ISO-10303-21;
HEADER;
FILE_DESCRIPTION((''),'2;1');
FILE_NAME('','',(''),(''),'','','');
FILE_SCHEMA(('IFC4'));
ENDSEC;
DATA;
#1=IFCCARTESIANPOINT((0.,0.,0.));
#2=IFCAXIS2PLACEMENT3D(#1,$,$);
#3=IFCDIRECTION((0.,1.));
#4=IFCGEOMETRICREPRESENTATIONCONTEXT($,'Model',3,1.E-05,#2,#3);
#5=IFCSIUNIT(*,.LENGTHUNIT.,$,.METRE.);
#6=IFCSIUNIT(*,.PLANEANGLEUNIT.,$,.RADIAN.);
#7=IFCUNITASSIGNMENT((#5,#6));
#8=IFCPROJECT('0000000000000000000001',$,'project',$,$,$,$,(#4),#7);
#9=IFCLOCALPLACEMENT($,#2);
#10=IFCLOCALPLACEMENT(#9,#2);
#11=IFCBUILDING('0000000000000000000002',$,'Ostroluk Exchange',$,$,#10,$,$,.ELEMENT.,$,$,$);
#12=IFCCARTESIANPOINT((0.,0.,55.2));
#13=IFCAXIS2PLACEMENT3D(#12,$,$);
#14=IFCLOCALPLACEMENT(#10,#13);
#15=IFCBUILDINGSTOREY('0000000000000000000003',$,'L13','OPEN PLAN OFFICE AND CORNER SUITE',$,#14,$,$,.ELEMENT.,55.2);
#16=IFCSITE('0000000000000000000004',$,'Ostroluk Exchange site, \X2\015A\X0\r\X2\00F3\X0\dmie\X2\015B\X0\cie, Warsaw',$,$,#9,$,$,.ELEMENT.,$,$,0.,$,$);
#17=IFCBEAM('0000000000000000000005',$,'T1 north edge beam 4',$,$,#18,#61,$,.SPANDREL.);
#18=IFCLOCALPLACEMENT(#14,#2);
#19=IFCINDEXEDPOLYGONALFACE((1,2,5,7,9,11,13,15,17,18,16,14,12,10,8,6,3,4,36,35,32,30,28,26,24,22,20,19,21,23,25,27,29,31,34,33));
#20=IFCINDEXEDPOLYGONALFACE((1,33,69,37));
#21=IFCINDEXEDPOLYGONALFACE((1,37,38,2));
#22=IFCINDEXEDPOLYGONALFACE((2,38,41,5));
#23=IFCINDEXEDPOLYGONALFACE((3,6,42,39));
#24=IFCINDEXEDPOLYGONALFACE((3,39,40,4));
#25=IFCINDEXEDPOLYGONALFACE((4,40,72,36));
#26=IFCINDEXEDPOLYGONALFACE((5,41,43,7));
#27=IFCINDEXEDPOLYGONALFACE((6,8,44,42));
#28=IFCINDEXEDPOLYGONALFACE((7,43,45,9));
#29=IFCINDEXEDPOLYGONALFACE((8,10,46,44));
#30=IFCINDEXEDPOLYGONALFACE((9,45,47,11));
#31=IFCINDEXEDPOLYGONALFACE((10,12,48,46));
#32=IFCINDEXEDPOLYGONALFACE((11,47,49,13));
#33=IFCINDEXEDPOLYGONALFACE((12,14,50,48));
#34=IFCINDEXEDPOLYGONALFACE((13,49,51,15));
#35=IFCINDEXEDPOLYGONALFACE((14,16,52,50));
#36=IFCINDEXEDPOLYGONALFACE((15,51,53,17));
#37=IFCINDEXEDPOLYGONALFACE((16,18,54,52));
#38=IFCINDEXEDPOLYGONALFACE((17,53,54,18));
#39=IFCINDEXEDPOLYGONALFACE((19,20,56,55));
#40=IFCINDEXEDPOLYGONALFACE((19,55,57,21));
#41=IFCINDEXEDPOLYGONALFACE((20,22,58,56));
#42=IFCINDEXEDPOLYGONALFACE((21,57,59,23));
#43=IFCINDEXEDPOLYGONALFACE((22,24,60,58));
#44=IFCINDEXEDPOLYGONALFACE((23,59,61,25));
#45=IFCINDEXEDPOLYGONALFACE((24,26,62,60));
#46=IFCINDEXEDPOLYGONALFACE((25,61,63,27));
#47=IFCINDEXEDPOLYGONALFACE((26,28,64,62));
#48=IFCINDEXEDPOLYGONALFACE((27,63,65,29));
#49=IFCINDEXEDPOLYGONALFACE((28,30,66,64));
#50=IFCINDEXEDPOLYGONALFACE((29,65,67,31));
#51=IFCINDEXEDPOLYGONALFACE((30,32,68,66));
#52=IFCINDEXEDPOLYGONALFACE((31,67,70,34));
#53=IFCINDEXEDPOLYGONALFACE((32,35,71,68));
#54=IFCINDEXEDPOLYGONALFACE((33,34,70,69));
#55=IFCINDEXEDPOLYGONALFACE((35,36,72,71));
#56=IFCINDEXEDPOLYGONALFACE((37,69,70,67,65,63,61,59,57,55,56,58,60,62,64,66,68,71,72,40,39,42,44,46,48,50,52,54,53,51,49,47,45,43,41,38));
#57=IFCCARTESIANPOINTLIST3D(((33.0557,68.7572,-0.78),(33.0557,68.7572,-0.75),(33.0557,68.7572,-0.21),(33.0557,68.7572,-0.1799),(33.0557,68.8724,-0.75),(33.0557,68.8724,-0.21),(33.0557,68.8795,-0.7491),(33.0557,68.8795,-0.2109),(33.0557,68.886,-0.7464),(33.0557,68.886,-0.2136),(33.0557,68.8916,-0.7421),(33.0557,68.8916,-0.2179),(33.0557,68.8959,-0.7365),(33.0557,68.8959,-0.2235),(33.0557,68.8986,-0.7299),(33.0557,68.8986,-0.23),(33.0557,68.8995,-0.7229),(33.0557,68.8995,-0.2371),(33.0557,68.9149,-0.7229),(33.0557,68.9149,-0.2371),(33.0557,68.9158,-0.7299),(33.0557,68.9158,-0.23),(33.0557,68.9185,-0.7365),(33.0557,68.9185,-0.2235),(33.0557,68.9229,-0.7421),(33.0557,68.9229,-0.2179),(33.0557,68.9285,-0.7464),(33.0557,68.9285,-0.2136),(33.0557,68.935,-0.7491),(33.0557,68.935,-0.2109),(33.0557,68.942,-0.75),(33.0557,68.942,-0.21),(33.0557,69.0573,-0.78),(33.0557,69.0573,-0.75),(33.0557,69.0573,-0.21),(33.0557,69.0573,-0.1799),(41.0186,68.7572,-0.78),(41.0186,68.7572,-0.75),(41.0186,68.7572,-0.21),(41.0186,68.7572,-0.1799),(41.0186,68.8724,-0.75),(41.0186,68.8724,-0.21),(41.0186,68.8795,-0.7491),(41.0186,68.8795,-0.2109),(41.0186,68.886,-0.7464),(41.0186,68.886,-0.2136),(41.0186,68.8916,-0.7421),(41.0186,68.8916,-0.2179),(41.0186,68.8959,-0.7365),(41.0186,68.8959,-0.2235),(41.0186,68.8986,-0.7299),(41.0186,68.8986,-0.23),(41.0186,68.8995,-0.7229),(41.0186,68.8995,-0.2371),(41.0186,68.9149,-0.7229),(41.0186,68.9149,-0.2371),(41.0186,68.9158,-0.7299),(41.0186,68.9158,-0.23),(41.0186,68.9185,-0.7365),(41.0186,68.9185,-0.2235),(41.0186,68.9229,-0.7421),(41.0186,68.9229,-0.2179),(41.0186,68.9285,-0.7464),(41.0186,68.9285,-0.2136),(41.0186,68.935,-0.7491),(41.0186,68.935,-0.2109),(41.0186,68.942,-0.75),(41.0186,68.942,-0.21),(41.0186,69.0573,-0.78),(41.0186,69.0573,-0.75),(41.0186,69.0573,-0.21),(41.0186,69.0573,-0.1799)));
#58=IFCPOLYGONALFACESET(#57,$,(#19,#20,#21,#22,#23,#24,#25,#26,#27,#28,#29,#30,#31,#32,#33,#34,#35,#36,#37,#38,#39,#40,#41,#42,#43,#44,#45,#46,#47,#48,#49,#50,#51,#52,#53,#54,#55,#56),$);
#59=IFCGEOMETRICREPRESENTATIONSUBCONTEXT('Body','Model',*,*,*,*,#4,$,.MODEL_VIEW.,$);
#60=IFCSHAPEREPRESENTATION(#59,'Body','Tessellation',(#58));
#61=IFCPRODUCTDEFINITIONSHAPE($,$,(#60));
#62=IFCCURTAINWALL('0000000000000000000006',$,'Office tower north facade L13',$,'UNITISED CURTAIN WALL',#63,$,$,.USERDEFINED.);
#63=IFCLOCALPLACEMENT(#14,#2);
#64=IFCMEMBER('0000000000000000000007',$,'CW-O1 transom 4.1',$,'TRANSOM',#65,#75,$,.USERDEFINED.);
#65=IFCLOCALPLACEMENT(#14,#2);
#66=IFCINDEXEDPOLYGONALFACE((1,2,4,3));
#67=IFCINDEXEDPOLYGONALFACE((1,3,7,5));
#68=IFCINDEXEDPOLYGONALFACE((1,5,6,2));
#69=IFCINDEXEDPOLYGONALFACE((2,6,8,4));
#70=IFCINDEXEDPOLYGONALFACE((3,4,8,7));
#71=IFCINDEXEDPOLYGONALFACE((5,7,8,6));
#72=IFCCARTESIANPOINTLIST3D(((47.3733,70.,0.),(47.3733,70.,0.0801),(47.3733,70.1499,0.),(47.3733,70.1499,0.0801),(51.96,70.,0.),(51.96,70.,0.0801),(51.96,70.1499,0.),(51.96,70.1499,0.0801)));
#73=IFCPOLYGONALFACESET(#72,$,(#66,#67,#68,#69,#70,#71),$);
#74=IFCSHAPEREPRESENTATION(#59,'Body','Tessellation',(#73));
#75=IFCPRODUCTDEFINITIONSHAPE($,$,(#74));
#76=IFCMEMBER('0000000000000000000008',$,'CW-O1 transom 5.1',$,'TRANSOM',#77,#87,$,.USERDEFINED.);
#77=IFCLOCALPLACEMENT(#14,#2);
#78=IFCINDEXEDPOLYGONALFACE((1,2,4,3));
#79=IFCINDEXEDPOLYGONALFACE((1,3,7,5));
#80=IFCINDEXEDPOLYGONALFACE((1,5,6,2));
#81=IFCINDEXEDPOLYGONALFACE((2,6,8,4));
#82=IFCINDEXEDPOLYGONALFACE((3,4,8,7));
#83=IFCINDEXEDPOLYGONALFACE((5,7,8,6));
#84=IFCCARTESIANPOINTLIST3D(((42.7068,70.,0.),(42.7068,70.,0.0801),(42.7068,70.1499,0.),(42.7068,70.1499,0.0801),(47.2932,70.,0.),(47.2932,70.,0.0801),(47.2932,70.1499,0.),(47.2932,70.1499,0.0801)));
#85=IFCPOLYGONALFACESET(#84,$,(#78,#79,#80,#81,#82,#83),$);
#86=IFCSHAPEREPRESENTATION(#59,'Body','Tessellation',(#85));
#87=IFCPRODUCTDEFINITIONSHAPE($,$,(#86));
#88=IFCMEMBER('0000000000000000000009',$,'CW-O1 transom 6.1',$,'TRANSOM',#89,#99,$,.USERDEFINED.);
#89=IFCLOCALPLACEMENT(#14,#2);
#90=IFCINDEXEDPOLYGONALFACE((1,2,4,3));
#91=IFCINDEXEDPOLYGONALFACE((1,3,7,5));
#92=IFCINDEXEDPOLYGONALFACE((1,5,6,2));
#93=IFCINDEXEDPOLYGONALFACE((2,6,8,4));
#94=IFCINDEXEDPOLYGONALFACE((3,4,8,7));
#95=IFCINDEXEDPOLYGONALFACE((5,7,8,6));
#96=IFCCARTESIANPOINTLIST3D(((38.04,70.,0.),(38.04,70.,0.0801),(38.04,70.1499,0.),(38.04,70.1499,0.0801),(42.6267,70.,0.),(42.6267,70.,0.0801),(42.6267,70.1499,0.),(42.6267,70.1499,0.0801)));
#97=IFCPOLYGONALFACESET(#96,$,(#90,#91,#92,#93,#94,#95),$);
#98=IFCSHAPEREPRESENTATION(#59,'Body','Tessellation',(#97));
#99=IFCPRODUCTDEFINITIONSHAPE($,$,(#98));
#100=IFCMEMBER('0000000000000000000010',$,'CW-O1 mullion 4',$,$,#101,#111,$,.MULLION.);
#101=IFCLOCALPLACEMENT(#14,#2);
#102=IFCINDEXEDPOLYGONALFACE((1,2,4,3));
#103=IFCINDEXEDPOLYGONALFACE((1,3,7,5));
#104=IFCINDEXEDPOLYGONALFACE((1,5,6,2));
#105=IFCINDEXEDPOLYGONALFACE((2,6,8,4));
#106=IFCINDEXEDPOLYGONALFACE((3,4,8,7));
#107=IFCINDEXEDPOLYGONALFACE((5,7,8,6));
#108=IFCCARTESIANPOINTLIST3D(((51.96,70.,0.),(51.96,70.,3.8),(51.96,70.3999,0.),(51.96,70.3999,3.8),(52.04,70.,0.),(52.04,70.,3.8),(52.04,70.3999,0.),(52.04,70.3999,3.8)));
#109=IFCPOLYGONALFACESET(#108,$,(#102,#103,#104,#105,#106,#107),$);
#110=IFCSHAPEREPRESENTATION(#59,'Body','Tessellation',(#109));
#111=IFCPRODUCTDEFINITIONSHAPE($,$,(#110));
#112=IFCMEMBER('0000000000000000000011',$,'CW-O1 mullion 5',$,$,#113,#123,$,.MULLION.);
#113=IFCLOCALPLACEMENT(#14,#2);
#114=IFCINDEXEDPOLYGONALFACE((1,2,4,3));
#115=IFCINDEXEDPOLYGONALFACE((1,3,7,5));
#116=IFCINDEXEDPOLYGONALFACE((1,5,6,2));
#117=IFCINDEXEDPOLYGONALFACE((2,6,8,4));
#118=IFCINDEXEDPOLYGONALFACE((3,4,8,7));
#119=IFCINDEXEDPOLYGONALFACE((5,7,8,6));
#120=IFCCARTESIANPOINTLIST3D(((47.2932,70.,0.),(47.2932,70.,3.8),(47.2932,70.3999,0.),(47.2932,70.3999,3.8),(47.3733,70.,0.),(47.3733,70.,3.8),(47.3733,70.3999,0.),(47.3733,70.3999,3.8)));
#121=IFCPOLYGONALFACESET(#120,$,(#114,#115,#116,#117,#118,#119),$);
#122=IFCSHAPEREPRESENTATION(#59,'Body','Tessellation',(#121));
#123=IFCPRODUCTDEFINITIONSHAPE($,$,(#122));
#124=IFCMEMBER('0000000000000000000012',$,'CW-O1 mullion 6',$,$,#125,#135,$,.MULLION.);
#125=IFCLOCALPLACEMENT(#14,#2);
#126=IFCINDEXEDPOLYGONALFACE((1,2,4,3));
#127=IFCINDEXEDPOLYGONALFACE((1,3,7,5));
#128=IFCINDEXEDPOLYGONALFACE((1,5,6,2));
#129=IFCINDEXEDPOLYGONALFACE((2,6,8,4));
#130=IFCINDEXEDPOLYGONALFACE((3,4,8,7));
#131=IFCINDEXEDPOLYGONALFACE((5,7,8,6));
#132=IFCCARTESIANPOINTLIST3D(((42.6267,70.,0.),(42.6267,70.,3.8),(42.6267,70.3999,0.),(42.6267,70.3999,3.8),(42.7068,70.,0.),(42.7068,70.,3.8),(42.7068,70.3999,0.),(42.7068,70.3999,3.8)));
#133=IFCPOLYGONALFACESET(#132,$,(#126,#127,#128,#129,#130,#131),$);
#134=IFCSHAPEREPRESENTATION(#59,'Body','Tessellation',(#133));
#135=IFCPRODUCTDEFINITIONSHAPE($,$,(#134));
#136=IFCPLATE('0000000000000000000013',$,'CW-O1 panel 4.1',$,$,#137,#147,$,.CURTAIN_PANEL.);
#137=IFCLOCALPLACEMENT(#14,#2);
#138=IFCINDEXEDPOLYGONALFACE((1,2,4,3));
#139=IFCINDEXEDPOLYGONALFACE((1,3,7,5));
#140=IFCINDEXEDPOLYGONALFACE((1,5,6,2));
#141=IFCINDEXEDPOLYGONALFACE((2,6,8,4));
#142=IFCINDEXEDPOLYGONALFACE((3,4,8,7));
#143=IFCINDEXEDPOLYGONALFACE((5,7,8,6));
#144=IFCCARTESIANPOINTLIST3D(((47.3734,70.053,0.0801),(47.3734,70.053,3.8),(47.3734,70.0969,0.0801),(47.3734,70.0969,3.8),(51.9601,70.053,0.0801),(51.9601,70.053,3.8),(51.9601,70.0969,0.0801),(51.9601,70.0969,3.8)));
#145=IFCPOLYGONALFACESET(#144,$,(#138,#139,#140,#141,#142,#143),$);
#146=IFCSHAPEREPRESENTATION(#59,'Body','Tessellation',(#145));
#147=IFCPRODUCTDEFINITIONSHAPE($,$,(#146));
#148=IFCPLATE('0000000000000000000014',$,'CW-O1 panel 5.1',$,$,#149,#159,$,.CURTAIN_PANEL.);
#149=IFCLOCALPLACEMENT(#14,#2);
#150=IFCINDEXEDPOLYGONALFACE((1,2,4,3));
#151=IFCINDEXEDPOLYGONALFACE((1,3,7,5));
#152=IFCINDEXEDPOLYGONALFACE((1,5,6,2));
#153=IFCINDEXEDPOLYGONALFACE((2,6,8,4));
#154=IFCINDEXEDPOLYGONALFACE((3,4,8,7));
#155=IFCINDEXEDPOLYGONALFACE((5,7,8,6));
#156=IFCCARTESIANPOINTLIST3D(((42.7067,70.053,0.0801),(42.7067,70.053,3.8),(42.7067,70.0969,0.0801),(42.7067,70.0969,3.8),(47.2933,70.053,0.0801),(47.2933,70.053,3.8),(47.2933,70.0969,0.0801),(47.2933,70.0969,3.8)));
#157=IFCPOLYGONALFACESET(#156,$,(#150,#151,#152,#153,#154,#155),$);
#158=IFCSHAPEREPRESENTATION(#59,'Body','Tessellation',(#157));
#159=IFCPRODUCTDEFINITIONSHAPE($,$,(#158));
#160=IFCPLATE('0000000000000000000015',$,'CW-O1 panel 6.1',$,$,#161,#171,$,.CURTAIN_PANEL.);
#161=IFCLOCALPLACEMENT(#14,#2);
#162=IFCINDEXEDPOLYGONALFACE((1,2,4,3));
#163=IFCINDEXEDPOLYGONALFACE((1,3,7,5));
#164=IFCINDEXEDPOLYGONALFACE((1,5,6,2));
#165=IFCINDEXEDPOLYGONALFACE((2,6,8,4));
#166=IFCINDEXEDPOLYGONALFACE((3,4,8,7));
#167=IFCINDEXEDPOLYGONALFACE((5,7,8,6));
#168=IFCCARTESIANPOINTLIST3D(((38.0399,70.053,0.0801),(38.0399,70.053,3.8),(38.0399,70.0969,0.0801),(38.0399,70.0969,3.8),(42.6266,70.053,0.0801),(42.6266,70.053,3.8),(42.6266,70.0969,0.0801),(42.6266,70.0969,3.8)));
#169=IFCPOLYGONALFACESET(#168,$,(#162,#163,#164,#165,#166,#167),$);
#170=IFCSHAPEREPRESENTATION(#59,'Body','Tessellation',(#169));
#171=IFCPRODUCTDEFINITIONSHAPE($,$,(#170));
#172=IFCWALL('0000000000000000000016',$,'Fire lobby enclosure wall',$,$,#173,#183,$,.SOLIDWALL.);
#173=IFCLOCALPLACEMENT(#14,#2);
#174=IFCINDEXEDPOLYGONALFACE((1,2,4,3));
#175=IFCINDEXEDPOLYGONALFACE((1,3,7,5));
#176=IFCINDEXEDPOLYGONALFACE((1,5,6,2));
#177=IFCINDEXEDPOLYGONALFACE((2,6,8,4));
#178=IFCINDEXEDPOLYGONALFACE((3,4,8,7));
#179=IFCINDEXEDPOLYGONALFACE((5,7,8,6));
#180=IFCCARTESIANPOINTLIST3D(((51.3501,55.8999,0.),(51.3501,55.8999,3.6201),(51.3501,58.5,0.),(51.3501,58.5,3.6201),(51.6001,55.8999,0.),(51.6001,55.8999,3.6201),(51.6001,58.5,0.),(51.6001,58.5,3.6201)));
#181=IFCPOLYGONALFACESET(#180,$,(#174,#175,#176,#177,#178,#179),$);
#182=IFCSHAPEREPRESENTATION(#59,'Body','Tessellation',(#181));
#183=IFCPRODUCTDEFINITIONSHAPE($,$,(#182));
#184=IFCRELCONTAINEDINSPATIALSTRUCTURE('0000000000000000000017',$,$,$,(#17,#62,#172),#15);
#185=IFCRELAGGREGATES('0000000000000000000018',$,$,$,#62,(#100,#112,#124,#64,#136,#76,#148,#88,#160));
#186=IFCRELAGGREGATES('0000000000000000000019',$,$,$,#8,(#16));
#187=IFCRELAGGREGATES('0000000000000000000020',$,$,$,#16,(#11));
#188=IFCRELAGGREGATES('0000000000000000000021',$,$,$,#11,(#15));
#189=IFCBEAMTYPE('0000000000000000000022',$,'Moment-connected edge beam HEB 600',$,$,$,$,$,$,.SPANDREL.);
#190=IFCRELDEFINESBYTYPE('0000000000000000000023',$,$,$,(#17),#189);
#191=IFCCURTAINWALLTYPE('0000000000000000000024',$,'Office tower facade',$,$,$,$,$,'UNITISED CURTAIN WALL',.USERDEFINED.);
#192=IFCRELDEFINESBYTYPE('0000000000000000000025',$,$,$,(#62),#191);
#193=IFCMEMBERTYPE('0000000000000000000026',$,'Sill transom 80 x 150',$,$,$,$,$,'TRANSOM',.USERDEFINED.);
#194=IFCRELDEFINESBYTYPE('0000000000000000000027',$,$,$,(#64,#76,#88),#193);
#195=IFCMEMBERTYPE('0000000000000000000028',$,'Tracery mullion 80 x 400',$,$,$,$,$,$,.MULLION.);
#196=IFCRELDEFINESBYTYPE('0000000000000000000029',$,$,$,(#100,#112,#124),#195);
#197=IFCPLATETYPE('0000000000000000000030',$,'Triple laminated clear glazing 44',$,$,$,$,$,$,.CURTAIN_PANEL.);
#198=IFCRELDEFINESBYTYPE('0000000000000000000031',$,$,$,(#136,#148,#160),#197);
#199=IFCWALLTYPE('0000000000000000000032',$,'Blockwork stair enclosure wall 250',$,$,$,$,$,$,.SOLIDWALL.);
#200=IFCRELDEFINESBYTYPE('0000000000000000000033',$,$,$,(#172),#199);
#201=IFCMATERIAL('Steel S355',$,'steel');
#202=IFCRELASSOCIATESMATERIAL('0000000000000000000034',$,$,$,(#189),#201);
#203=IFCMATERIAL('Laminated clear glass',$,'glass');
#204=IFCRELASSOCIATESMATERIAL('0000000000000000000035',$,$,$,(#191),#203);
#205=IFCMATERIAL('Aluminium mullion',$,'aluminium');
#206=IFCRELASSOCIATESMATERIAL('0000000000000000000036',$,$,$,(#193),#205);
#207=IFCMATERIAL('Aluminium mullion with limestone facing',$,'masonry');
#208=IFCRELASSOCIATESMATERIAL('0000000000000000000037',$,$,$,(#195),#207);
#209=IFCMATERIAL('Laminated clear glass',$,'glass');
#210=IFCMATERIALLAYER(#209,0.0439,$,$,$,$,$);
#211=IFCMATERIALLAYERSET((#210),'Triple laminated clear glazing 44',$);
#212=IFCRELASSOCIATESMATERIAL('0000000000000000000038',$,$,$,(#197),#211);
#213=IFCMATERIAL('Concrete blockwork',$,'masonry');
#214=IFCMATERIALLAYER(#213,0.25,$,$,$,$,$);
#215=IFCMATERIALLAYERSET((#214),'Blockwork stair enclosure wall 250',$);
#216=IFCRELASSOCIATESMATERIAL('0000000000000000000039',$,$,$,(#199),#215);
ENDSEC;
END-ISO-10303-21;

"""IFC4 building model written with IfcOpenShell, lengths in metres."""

from ifc_helpers import new_model, si_unit, direction, frame, frame_2d, origin, origin_2d, place, context, subcontext, project, spatial, rectangle, i_section, extrude, material, layer, layer_set, material_profile, profile_set, type_object, element, aggregate, save


model = new_model("IFC4")

# Units and contexts
model_context = context("Model", 3, precision=1e-05, world=origin(), true_north=direction((0.0, 1.0)))
body_context = subcontext(model_context, "Body", "Model", "MODEL_VIEW")
ifc_project = project(units=[si_unit("LENGTHUNIT", "METRE"), si_unit("PLANEANGLEUNIT", "RADIAN")], contexts=[model_context])

# Site, building, storey
site_placement = place(None, origin())
site = spatial("IfcSite", under=ifc_project, at=site_placement, Name="Ostroluk Exchange site, Śródmieście, Warsaw", CompositionType="ELEMENT", RefElevation=0.0)
building_placement = place(site_placement, origin())
building = spatial("IfcBuilding", under=site, at=building_placement, Name="Ostroluk Exchange", CompositionType="ELEMENT")
storey_placement = place(building_placement, frame((0.0, 0.0, 55.2)))
storey = spatial("IfcBuildingStorey", under=building, at=storey_placement, Name="L13", Description="OPEN PLAN OFFICE AND CORNER SUITE", CompositionType="ELEMENT", Elevation=55.2)

# Beam
ifc_material_1 = material(Name="Steel S355", Category="steel")
ifc_material_profile_1 = material_profile(ifc_material_1, i_section(OverallWidth=0.3, OverallDepth=0.6001, WebThickness=0.0154, FlangeThickness=0.03, FilletRadius=0.0271, at=origin_2d()), Name="HEB 600")
ifc_profile_set_1 = profile_set([ifc_material_profile_1], Name="Steel S355")
beam_type_1 = type_object("IfcBeamType", Name="Moment-connected edge beam HEB 600", PredefinedType="SPANDREL", material=ifc_profile_set_1)
for number, where, z_axis, x_axis, name in (
    (1, (41.0186, 68.9072, -0.48), (-1.0, 0.0, 0.0), (0.0, -1.0, 0.0), "T1 north edge beam 4"),
):
    element("IfcBeam", number, at=place(storey_placement, frame(where, z_axis=z_axis, x_axis=x_axis)), inside=storey, type_object=beam_type_1, Name=name, PredefinedType="SPANDREL", context=body_context, shape_type="SweptSolid", body=[
        extrude(i_section(OverallWidth=0.3, OverallDepth=0.6001, WebThickness=0.0154, FlangeThickness=0.03, FilletRadius=0.0271, at=origin_2d()), origin(), (0.0, 0.0, 1.0), 7.9629),
    ])

# Curtain wall, members, plates
ifc_material_2 = material(Name="Laminated clear glass", Category="glass")
curtain_wall_type = type_object("IfcCurtainWallType", Name="Office tower facade", ElementType="UNITISED CURTAIN WALL", PredefinedType="USERDEFINED", material=ifc_material_2)
curtain_wall_placement = place(storey_placement, origin())
curtain_wall = element("IfcCurtainWall", 2, at=curtain_wall_placement, inside=storey, type_object=curtain_wall_type, Name="Office tower north facade L13", ObjectType="UNITISED CURTAIN WALL", PredefinedType="USERDEFINED")
ifc_material_3 = material(Name="Aluminium mullion", Category="aluminium")
ifc_material_profile_2 = material_profile(ifc_material_3, rectangle(XDim=0.1499, YDim=0.0801, at=origin_2d()), Name="Sill transom 80 x 150")
ifc_profile_set_2 = profile_set([ifc_material_profile_2], Name="Aluminium mullion")
member_type_1 = type_object("IfcMemberType", Name="Sill transom 80 x 150", ElementType="TRANSOM", PredefinedType="USERDEFINED", material=ifc_profile_set_2)
member_1_placement = place(storey_placement, frame((51.96, 70.075, 0.04), z_axis=(-1.0, 0.0, 0.0), x_axis=(0.0, -1.0, 0.0)))
member_1 = element("IfcMember", 3, at=member_1_placement, type_object=member_type_1, Name="CW-O1 transom 4.1", ObjectType="TRANSOM", PredefinedType="USERDEFINED", context=body_context, shape_type="SweptSolid", body=[
    extrude(rectangle(XDim=0.1499, YDim=0.0801, at=origin_2d()), origin(), (0.0, 0.0, 1.0), 4.5867),
])
member_2_placement = place(storey_placement, frame((47.2932, 70.075, 0.04), z_axis=(-1.0, 0.0, 0.0), x_axis=(0.0, -1.0, 0.0)))
member_2 = element("IfcMember", 4, at=member_2_placement, type_object=member_type_1, Name="CW-O1 transom 5.1", ObjectType="TRANSOM", PredefinedType="USERDEFINED", context=body_context, shape_type="SweptSolid", body=[
    extrude(rectangle(XDim=0.1499, YDim=0.0801, at=origin_2d()), origin(), (0.0, 0.0, 1.0), 4.5864),
])
member_3_placement = place(storey_placement, frame((42.6267, 70.075, 0.04), z_axis=(-1.0, 0.0, 0.0), x_axis=(0.0, -1.0, 0.0)))
member_3 = element("IfcMember", 5, at=member_3_placement, type_object=member_type_1, Name="CW-O1 transom 6.1", ObjectType="TRANSOM", PredefinedType="USERDEFINED", context=body_context, shape_type="SweptSolid", body=[
    extrude(rectangle(XDim=0.1499, YDim=0.0801, at=origin_2d()), origin(), (0.0, 0.0, 1.0), 4.5867),
])
ifc_material_4 = material(Name="Aluminium mullion with limestone facing", Category="masonry")
ifc_material_profile_3 = material_profile(ifc_material_4, rectangle(XDim=0.3999, YDim=0.0801, at=origin_2d()), Name="Tracery mullion 80 x 400")
ifc_profile_set_3 = profile_set([ifc_material_profile_3], Name="Aluminium mullion with limestone facing")
member_type_2 = type_object("IfcMemberType", Name="Tracery mullion 80 x 400", PredefinedType="MULLION", material=ifc_profile_set_3)
member_4_placement = place(storey_placement, frame((52.0, 70.2, 0.0), z_axis=(0.0, 0.0, 1.0), x_axis=(0.0, -1.0, 0.0)))
member_4 = element("IfcMember", 6, at=member_4_placement, type_object=member_type_2, Name="CW-O1 mullion 4", PredefinedType="MULLION", context=body_context, shape_type="SweptSolid", body=[
    extrude(rectangle(XDim=0.3999, YDim=0.0801, at=origin_2d()), origin(), (0.0, 0.0, 1.0), 3.8),
])
member_5_placement = place(storey_placement, frame((47.3333, 70.2, 0.0), z_axis=(0.0, 0.0, 1.0), x_axis=(0.0, -1.0, 0.0)))
member_5 = element("IfcMember", 7, at=member_5_placement, type_object=member_type_2, Name="CW-O1 mullion 5", PredefinedType="MULLION", context=body_context, shape_type="SweptSolid", body=[
    extrude(rectangle(XDim=0.3999, YDim=0.0801, at=origin_2d()), origin(), (0.0, 0.0, 1.0), 3.8),
])
member_6_placement = place(storey_placement, frame((42.6667, 70.2, 0.0), z_axis=(0.0, 0.0, 1.0), x_axis=(0.0, -1.0, 0.0)))
member_6 = element("IfcMember", 8, at=member_6_placement, type_object=member_type_2, Name="CW-O1 mullion 6", PredefinedType="MULLION", context=body_context, shape_type="SweptSolid", body=[
    extrude(rectangle(XDim=0.3999, YDim=0.0801, at=origin_2d()), origin(), (0.0, 0.0, 1.0), 3.8),
])
ifc_material_5 = material(Name="Laminated clear glass", Category="glass")
ifc_layer_1 = layer(ifc_material_5, 0.0439)
ifc_layer_set_1 = layer_set([ifc_layer_1], Name="Triple laminated clear glazing 44")
plate_type = type_object("IfcPlateType", Name="Triple laminated clear glazing 44", PredefinedType="CURTAIN_PANEL", material=ifc_layer_set_1)
plate_1_placement = place(storey_placement, frame((49.6667, 70.075, 0.0801), z_axis=(0.0, 0.0, 1.0), x_axis=(-1.0, 0.0, 0.0)))
plate_1 = element("IfcPlate", 9, at=plate_1_placement, type_object=plate_type, Name="CW-O1 panel 4.1", PredefinedType="CURTAIN_PANEL", context=body_context, shape_type="SweptSolid", body=[
    extrude(rectangle(XDim=4.5867, YDim=0.0439, at=origin_2d()), origin(), (0.0, 0.0, 1.0), 3.72),
])
plate_2_placement = place(storey_placement, frame((45.0, 70.075, 0.0801), z_axis=(0.0, 0.0, 1.0), x_axis=(-1.0, 0.0, 0.0)))
plate_2 = element("IfcPlate", 10, at=plate_2_placement, type_object=plate_type, Name="CW-O1 panel 5.1", PredefinedType="CURTAIN_PANEL", context=body_context, shape_type="SweptSolid", body=[
    extrude(rectangle(XDim=4.5867, YDim=0.0439, at=origin_2d()), origin(), (0.0, 0.0, 1.0), 3.72),
])
plate_3_placement = place(storey_placement, frame((40.3333, 70.075, 0.0801), z_axis=(0.0, 0.0, 1.0), x_axis=(-1.0, 0.0, 0.0)))
plate_3 = element("IfcPlate", 11, at=plate_3_placement, type_object=plate_type, Name="CW-O1 panel 6.1", PredefinedType="CURTAIN_PANEL", context=body_context, shape_type="SweptSolid", body=[
    extrude(rectangle(XDim=4.5867, YDim=0.0439, at=origin_2d()), origin(), (0.0, 0.0, 1.0), 3.72),
])
aggregate(curtain_wall, [member_4, member_5, member_6, member_1, plate_1, member_2, plate_2, member_3, plate_3])

# Wall
ifc_material_6 = material(Name="Concrete blockwork", Category="masonry")
ifc_layer_2 = layer(ifc_material_6, 0.25)
ifc_layer_set_2 = layer_set([ifc_layer_2], Name="Blockwork stair enclosure wall 250")
wall_type_1 = type_object("IfcWallType", Name="Blockwork stair enclosure wall 250", PredefinedType="SOLIDWALL", material=ifc_layer_set_2)
wall_1_placement = place(storey_placement, frame((51.4751, 55.8999, 0.0), z_axis=(0.0, 0.0, 1.0), x_axis=(0.0, 1.0, 0.0)))
element("IfcWall", 12, at=wall_1_placement, inside=storey, type_object=wall_type_1, Name="Fire lobby enclosure wall", PredefinedType="SOLIDWALL", context=body_context, shape_type="SweptSolid", body=[
    extrude(rectangle(XDim=2.6001, YDim=0.25, at=frame_2d((1.3, 0.0))), origin(), (0.0, 0.0, 1.0), 3.6201),
])

save(model, "model.ifc")
